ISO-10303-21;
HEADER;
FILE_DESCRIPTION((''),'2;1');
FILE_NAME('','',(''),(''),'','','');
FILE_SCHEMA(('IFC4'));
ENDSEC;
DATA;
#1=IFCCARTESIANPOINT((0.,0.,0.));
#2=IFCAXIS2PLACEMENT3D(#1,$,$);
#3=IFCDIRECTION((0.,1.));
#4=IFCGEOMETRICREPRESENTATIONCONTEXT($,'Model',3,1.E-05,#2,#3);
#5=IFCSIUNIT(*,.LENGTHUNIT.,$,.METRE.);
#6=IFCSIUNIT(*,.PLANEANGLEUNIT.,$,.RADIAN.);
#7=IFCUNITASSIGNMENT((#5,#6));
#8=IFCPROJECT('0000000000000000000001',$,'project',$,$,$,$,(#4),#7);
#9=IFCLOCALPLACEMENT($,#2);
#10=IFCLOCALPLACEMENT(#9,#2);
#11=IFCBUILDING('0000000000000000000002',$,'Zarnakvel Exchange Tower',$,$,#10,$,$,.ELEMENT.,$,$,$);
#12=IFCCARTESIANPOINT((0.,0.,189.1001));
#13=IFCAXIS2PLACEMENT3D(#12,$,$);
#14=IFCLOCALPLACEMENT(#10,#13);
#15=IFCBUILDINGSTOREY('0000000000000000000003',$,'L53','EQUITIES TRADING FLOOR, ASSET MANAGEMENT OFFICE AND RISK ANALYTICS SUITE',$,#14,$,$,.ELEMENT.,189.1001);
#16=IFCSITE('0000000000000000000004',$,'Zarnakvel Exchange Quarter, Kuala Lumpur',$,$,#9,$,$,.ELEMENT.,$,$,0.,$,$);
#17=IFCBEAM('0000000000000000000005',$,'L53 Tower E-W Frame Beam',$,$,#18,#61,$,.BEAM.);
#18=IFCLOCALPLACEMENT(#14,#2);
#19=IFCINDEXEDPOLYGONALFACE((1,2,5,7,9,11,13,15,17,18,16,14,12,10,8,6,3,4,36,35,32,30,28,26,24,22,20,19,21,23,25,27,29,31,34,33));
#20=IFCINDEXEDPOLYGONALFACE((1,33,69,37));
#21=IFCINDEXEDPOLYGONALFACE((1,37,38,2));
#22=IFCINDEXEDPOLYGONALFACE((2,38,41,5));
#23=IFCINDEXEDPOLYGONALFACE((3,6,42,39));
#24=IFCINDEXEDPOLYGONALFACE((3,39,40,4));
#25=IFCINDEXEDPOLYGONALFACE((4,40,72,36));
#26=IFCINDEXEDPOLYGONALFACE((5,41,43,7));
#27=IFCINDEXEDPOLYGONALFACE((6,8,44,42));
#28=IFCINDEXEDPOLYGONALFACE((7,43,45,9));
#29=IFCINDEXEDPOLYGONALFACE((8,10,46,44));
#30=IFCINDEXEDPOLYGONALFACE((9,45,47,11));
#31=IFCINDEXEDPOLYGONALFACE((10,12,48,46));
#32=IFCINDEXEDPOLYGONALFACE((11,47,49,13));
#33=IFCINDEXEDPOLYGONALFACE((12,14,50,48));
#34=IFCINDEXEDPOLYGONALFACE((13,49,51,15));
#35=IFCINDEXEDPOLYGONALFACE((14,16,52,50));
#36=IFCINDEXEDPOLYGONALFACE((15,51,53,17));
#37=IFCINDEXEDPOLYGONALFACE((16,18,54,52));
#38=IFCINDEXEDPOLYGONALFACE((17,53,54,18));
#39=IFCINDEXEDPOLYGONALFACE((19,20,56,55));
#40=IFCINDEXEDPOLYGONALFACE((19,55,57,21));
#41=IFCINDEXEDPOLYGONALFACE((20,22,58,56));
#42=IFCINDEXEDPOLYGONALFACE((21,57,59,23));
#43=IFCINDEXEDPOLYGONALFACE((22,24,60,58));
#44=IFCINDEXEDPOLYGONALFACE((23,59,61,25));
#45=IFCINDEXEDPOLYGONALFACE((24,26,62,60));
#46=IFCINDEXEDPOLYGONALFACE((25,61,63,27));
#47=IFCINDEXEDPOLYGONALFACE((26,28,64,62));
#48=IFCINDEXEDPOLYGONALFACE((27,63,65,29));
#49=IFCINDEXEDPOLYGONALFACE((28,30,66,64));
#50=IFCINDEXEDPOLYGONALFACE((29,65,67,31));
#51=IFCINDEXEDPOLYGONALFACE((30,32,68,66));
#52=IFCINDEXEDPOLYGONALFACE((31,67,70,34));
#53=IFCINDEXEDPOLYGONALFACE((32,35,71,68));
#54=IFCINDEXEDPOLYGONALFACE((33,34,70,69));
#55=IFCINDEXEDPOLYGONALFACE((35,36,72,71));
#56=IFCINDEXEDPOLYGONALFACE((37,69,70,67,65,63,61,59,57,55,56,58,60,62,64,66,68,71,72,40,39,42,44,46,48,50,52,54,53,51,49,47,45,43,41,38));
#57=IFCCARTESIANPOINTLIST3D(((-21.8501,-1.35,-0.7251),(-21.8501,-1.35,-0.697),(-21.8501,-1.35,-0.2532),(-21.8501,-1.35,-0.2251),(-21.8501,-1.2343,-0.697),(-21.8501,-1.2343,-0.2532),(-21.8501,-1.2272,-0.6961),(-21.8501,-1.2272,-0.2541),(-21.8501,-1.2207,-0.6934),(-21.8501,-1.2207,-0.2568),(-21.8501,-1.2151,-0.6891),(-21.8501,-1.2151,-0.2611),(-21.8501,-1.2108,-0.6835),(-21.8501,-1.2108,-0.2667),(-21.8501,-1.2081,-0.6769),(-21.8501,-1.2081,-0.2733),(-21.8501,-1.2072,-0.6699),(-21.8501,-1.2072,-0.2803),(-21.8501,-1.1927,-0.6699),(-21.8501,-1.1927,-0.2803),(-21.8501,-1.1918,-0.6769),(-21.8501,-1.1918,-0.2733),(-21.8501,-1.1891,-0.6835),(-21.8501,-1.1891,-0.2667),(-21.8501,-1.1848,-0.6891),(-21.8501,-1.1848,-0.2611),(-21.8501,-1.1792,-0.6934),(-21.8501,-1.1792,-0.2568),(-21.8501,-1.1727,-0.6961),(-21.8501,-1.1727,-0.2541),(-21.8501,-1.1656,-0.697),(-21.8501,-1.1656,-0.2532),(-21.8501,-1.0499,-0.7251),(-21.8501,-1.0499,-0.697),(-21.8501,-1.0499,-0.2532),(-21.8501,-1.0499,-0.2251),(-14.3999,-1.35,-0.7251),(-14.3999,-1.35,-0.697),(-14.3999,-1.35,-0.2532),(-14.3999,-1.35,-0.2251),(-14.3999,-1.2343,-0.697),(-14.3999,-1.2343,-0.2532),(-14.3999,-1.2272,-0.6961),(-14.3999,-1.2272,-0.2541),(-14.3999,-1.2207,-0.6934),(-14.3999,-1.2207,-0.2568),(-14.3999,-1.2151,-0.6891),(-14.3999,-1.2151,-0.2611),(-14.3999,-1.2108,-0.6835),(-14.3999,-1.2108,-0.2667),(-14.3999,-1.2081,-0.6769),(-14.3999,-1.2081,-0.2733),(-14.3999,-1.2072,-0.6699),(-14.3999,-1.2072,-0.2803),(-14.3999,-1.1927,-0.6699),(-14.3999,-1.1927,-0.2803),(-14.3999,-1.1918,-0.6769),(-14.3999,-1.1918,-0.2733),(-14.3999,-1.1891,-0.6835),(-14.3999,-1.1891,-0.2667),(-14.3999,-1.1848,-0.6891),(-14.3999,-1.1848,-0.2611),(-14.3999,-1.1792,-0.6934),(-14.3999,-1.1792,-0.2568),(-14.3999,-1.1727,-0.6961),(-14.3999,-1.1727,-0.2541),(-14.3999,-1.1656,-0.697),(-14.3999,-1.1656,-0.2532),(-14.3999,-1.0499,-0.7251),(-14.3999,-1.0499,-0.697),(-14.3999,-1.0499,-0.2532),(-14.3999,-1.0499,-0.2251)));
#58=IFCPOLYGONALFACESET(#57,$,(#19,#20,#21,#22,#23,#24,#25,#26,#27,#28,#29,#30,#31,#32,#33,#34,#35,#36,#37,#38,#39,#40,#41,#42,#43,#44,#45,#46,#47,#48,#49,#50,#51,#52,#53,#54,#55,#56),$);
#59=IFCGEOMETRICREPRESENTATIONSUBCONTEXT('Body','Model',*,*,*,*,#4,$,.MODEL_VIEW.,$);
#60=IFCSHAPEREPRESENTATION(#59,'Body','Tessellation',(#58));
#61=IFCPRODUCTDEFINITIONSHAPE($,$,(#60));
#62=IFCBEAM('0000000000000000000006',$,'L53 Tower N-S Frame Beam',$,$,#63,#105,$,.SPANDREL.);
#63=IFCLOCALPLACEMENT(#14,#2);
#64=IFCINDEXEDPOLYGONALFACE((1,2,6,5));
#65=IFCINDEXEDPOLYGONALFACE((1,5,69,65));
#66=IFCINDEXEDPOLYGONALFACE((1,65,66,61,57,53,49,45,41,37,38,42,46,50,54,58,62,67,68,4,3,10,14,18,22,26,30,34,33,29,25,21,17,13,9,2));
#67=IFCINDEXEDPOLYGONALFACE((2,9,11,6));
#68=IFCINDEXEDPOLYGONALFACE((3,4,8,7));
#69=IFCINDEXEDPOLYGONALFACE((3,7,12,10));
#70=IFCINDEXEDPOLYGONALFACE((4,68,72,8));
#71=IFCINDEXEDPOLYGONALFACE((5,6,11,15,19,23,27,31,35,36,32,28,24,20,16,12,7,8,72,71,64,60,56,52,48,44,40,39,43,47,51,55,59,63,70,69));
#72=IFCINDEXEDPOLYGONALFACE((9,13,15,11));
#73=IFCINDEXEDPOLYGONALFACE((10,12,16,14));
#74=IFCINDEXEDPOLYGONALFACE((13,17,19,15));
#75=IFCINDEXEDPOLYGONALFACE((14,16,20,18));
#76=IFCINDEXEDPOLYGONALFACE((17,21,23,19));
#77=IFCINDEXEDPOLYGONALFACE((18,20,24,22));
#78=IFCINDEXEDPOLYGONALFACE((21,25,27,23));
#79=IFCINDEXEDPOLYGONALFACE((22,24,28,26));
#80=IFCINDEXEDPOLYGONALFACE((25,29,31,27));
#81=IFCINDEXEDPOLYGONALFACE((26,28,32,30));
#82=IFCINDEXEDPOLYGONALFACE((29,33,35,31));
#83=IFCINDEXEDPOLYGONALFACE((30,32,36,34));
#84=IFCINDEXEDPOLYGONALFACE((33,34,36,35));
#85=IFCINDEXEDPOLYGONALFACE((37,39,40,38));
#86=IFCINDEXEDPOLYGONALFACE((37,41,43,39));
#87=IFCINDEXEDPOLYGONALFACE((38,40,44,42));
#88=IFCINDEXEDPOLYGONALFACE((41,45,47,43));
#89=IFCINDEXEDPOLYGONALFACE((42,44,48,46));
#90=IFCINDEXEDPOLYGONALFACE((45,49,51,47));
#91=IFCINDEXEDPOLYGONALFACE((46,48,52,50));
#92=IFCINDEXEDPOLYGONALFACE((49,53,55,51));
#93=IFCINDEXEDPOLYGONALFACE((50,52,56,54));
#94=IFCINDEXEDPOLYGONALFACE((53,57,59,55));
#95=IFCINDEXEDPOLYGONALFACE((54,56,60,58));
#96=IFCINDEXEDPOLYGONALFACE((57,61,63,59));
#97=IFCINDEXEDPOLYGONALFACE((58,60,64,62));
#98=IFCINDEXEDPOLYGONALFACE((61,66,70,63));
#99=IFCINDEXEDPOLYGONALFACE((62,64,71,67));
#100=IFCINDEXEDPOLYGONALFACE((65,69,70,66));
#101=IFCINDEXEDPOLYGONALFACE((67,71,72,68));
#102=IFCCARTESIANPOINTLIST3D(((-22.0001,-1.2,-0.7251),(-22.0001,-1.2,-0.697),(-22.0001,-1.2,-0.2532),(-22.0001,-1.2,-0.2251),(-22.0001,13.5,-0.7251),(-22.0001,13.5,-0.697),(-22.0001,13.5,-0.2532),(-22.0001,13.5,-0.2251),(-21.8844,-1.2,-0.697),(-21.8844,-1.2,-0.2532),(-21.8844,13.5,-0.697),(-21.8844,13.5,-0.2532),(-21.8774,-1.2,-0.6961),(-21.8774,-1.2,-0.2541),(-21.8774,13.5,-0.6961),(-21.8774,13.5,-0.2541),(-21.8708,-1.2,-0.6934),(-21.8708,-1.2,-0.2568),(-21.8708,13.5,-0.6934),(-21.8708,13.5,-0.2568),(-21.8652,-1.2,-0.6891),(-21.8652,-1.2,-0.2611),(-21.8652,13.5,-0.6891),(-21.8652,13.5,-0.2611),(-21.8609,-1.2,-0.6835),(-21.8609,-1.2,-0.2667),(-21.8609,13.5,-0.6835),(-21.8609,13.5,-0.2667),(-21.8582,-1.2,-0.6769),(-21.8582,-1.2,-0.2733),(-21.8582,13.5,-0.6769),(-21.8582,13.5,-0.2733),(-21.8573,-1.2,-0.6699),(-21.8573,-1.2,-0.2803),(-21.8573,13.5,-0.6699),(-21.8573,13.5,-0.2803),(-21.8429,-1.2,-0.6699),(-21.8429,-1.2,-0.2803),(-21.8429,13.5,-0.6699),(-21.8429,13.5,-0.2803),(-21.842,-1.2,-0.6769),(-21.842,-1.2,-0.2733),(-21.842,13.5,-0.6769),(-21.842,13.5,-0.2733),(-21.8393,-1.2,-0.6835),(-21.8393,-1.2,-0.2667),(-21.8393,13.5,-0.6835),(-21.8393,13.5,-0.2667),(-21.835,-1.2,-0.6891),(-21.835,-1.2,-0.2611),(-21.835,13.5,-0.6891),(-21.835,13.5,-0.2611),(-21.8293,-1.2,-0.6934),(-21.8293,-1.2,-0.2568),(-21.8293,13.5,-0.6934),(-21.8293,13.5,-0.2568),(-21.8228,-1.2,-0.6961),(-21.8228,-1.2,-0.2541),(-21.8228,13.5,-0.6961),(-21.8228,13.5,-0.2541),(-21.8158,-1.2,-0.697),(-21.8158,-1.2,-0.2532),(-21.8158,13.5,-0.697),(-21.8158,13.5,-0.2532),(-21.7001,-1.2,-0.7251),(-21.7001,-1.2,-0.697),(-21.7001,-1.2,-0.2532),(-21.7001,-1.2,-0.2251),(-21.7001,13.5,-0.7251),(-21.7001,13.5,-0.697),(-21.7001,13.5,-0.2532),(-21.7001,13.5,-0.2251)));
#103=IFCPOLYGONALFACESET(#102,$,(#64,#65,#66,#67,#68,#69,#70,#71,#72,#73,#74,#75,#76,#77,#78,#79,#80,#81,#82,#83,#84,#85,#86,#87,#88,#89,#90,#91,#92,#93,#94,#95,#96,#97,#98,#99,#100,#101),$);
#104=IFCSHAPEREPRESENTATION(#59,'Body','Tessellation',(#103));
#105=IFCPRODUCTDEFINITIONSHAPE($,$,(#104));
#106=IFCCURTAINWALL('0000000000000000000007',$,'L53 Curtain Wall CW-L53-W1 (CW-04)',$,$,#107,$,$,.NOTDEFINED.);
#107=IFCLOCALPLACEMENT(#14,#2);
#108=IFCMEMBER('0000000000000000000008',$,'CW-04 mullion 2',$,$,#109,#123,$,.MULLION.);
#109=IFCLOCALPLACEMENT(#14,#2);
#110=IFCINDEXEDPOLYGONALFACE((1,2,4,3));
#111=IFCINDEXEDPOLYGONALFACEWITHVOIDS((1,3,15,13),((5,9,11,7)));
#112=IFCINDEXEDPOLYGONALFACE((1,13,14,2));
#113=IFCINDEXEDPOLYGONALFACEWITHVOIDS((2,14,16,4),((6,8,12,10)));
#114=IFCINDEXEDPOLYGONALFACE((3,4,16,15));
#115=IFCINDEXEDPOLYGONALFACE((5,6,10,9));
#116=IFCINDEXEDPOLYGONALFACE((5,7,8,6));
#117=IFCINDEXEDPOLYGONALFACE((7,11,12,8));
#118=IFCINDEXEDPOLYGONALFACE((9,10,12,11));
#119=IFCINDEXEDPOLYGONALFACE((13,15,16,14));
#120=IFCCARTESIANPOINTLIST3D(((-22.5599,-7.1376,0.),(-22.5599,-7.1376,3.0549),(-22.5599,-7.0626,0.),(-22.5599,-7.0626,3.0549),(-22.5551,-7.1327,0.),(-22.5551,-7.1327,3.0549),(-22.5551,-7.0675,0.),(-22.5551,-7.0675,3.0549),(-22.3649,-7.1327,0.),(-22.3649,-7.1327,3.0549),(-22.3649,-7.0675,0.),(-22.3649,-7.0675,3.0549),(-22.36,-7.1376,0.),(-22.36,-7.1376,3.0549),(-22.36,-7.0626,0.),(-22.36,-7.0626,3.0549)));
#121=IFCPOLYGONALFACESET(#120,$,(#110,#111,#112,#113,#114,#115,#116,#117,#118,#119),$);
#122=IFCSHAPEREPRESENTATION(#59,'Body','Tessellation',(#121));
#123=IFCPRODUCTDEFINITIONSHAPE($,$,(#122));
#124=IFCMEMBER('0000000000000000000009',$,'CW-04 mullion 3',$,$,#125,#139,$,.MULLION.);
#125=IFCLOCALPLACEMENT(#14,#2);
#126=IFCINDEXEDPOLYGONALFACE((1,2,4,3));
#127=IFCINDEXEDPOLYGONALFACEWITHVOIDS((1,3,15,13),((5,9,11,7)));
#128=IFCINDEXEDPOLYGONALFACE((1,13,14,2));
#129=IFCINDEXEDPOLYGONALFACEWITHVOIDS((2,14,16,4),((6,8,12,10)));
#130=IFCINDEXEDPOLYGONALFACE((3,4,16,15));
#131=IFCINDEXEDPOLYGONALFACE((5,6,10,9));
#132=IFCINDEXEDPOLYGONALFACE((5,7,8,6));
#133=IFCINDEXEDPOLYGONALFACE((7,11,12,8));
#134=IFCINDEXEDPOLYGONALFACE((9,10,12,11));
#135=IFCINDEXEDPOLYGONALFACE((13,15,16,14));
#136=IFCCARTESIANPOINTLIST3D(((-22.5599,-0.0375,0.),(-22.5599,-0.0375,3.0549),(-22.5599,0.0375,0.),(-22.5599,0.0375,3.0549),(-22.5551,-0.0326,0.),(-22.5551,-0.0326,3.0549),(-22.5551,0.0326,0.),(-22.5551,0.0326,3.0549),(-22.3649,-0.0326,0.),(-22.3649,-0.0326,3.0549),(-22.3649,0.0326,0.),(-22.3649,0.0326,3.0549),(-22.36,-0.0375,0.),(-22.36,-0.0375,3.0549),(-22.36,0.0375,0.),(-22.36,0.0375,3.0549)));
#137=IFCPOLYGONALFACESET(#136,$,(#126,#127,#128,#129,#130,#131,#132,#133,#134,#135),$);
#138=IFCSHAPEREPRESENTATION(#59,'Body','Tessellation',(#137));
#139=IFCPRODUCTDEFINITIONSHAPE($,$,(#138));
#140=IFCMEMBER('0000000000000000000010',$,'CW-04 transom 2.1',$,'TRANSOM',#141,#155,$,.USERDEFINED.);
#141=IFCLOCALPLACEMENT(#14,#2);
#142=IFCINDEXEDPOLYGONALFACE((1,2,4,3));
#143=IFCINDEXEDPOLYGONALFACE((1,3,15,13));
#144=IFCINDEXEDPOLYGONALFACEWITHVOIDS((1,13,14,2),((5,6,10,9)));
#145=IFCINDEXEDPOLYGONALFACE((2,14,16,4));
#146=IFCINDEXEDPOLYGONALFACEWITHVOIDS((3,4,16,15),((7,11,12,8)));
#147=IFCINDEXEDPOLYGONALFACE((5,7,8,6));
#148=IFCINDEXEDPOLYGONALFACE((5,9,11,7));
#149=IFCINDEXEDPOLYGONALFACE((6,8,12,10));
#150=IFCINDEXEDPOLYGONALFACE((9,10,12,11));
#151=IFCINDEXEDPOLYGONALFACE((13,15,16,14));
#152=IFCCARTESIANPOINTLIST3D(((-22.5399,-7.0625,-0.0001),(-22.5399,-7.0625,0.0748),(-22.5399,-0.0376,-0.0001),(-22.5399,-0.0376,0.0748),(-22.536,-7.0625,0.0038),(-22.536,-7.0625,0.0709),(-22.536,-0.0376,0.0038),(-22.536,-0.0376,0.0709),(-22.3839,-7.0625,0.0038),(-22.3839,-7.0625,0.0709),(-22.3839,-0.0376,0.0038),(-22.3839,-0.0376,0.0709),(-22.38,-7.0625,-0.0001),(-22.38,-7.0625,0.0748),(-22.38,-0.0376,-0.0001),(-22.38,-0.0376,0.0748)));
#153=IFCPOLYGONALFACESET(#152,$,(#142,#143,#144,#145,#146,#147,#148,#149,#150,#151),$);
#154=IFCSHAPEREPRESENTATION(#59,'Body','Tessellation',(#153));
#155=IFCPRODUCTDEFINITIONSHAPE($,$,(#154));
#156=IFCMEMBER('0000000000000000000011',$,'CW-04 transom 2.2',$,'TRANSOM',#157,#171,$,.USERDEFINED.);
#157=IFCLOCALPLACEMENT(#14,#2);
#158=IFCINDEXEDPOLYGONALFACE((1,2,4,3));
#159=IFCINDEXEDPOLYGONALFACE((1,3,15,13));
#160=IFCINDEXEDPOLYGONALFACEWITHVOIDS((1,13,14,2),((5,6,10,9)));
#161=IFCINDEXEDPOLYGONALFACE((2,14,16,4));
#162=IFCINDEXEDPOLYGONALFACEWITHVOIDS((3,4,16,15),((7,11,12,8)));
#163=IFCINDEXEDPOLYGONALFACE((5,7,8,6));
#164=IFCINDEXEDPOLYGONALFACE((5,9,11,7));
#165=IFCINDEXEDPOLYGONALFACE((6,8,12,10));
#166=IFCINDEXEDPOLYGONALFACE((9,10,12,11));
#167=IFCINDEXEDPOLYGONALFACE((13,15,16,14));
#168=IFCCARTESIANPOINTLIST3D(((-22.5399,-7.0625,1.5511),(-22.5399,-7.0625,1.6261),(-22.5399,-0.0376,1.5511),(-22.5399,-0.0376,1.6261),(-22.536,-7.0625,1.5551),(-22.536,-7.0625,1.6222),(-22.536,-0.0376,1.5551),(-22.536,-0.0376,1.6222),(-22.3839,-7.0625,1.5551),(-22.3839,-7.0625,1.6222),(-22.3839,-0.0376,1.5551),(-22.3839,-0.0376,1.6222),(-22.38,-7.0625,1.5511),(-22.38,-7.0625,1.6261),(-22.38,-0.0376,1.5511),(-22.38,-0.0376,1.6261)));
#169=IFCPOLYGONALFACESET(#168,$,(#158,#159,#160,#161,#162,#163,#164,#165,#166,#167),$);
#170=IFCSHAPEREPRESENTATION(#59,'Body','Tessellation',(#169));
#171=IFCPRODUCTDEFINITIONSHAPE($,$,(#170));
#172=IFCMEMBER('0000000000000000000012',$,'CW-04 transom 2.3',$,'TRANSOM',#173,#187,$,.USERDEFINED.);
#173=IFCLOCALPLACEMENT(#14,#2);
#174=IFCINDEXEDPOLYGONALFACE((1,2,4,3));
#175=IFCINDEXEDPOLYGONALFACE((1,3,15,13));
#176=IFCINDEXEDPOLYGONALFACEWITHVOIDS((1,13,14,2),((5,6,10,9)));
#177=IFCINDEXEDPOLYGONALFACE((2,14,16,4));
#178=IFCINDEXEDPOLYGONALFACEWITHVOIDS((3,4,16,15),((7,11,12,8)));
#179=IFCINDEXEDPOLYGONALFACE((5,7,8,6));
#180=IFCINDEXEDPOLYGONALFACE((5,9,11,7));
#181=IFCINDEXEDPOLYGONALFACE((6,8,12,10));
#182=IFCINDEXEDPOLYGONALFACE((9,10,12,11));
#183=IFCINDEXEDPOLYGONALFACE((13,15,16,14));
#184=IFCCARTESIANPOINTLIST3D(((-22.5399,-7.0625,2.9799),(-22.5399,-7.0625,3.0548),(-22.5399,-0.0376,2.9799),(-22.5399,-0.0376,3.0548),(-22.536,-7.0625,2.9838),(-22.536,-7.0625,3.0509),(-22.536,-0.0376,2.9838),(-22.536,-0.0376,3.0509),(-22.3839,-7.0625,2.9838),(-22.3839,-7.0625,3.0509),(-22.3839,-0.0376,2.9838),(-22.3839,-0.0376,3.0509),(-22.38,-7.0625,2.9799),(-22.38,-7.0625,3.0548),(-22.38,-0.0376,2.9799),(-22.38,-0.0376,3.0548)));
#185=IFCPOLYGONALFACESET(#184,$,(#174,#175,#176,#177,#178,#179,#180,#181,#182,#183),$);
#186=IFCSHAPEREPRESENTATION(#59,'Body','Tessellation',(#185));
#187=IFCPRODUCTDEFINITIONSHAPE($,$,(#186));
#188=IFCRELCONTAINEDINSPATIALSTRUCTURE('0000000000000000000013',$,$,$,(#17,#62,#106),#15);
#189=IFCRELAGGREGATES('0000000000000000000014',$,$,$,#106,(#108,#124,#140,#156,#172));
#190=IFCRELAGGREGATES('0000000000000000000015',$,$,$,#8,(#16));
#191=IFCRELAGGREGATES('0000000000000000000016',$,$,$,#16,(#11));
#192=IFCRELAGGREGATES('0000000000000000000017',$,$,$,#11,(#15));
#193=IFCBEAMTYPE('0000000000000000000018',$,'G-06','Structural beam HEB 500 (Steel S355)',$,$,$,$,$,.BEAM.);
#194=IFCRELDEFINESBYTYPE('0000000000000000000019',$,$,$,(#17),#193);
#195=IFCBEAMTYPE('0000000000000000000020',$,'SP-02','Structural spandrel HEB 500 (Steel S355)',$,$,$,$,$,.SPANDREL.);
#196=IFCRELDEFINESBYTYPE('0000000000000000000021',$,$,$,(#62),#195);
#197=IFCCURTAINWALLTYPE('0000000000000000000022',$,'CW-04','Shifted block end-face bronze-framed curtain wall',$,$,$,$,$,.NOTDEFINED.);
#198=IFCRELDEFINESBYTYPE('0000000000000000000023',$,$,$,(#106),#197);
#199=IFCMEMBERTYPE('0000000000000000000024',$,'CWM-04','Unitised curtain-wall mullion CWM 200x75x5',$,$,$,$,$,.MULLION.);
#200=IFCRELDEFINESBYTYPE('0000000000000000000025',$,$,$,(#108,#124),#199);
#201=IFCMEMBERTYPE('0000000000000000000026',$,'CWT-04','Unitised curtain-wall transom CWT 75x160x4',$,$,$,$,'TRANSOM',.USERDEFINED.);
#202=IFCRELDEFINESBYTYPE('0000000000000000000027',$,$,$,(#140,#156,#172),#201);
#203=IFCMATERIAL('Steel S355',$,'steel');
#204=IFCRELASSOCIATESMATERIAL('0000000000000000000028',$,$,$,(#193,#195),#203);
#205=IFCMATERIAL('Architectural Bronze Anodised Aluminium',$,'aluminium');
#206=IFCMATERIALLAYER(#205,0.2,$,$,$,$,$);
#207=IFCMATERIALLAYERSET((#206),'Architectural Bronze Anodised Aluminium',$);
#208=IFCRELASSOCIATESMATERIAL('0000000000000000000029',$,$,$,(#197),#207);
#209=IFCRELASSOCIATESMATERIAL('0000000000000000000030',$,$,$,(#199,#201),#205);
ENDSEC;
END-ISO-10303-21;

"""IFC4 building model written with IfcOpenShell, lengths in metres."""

from ifc_helpers import new_model, si_unit, direction, frame, origin, origin_2d, place, context, subcontext, project, spatial, hollow_rectangle, i_section, extrude, source, transform, mapped, material, layer, layer_set, material_profile, profile_set, type_object, element, aggregate, save


model = new_model("IFC4")

# Units and contexts
model_context = context("Model", 3, precision=1e-05, world=origin(), true_north=direction((0.0, 1.0)))
body_context = subcontext(model_context, "Body", "Model", "MODEL_VIEW")
ifc_project = project(units=[si_unit("LENGTHUNIT", "METRE"), si_unit("PLANEANGLEUNIT", "RADIAN")], contexts=[model_context])

# Site, building, storey
site_placement = place(None, origin())
site = spatial("IfcSite", under=ifc_project, at=site_placement, Name="Zarnakvel Exchange Quarter, Kuala Lumpur", CompositionType="ELEMENT", RefElevation=0.0)
building_placement = place(site_placement, origin())
building = spatial("IfcBuilding", under=site, at=building_placement, Name="Zarnakvel Exchange Tower", CompositionType="ELEMENT")
storey_placement = place(building_placement, frame((0.0, 0.0, 189.1001)))
storey = spatial("IfcBuildingStorey", under=building, at=storey_placement, Name="L53", Description="EQUITIES TRADING FLOOR, ASSET MANAGEMENT OFFICE AND RISK ANALYTICS SUITE", CompositionType="ELEMENT", Elevation=189.1001)

# Shared definitions
ifc_material_1 = material(Name="Steel S355", Category="steel")

# Beams
ifc_material_profile_1 = material_profile(ifc_material_1, i_section(OverallWidth=0.3, OverallDepth=0.5, WebThickness=0.0144, FlangeThickness=0.0281, FilletRadius=0.0271, at=origin_2d()))
ifc_profile_set_1 = profile_set([ifc_material_profile_1], Name="Steel S355")
beam_type_1 = type_object("IfcBeamType", Name="G-06", Description="Structural beam HEB 500 (Steel S355)", PredefinedType="BEAM", material=ifc_profile_set_1)
beam_1_placement = place(storey_placement, frame((-21.8501, -1.2, -0.4751), z_axis=(1.0, 0.0, 0.0), x_axis=(0.0, 1.0, 0.0)))
element("IfcBeam", 1, at=beam_1_placement, inside=storey, type_object=beam_type_1, Name="L53 Tower E-W Frame Beam", PredefinedType="BEAM", context=body_context, shape_type="SweptSolid", body=[
    extrude(i_section(OverallWidth=0.3, OverallDepth=0.5, WebThickness=0.0144, FlangeThickness=0.0281, FilletRadius=0.0271, at=origin_2d()), origin(), (0.0, 0.0, 1.0), 7.4502),
])
ifc_material_profile_2 = material_profile(ifc_material_1, i_section(OverallWidth=0.3, OverallDepth=0.5, WebThickness=0.0144, FlangeThickness=0.0281, FilletRadius=0.0271, at=origin_2d()))
ifc_profile_set_2 = profile_set([ifc_material_profile_2], Name="Steel S355")
beam_type_2 = type_object("IfcBeamType", Name="SP-02", Description="Structural spandrel HEB 500 (Steel S355)", PredefinedType="SPANDREL", material=ifc_profile_set_2)
beam_2_placement = place(storey_placement, frame((-21.8501, -1.2, -0.4751), z_axis=(0.0, 1.0, 0.0), x_axis=(-1.0, 0.0, 0.0)))
element("IfcBeam", 2, at=beam_2_placement, inside=storey, type_object=beam_type_2, Name="L53 Tower N-S Frame Beam", PredefinedType="SPANDREL", context=body_context, shape_type="SweptSolid", body=[
    extrude(i_section(OverallWidth=0.3, OverallDepth=0.5, WebThickness=0.0144, FlangeThickness=0.0281, FilletRadius=0.0271, at=origin_2d()), origin(), (0.0, 0.0, 1.0), 14.7),
])

# Curtain wall, members
ifc_material_2 = material(Name="Architectural Bronze Anodised Aluminium", Category="aluminium")
ifc_layer_1 = layer(ifc_material_2, 0.2)
ifc_layer_set_1 = layer_set([ifc_layer_1], Name="Architectural Bronze Anodised Aluminium")
curtain_wall_type = type_object("IfcCurtainWallType", Name="CW-04", Description="Shifted block end-face bronze-framed curtain wall", PredefinedType="NOTDEFINED", material=ifc_layer_set_1)
curtain_wall_placement = place(storey_placement, origin())
curtain_wall = element("IfcCurtainWall", 3, at=curtain_wall_placement, inside=storey, type_object=curtain_wall_type, Name="L53 Curtain Wall CW-L53-W1 (CW-04)", PredefinedType="NOTDEFINED")
ifc_material_profile_3 = material_profile(ifc_material_2, hollow_rectangle(XDim=0.2, YDim=0.075, WallThickness=0.0049, at=origin_2d()))
ifc_profile_set_3 = profile_set([ifc_material_profile_3], Name="Architectural Bronze Anodised Aluminium")
member_type_1 = type_object("IfcMemberType", Name="CWM-04", Description="Unitised curtain-wall mullion CWM 200x75x5", PredefinedType="MULLION", material=ifc_profile_set_3)
shared_shape_1 = source(origin(), body_context, "Body", "SweptSolid", [
    extrude(hollow_rectangle(XDim=0.2, YDim=0.075, WallThickness=0.0049, at=origin_2d()), origin(), (0.0, 0.0, 1.0), 3.0549),
])
member_1_placement = place(storey_placement, frame((-22.46, -7.1001, 0.0), z_axis=(0.0, 0.0, 1.0), x_axis=(-1.0, 0.0, 0.0)))
member_1 = element("IfcMember", 4, at=member_1_placement, type_object=member_type_1, Name="CW-04 mullion 2", PredefinedType="MULLION", context=body_context, shape_type="MappedRepresentation", body=[
    mapped(shared_shape_1, transform((0.0, 0.0, 0.0), x_axis=(1.0, 0.0, 0.0), y_axis=(0.0, 1.0, 0.0), z_axis=(0.0, 0.0, 1.0), scale=1.0)),
])
member_2_placement = place(storey_placement, frame((-22.46, 0.0, 0.0), z_axis=(0.0, 0.0, 1.0), x_axis=(-1.0, 0.0, 0.0)))
member_2 = element("IfcMember", 5, at=member_2_placement, type_object=member_type_1, Name="CW-04 mullion 3", PredefinedType="MULLION", context=body_context, shape_type="MappedRepresentation", body=[
    mapped(shared_shape_1, transform((0.0, 0.0, 0.0), x_axis=(1.0, 0.0, 0.0), y_axis=(0.0, 1.0, 0.0), z_axis=(0.0, 0.0, 1.0), scale=1.0)),
])
ifc_material_profile_4 = material_profile(ifc_material_2, hollow_rectangle(XDim=0.1599, YDim=0.075, WallThickness=0.0039, at=origin_2d()))
ifc_profile_set_4 = profile_set([ifc_material_profile_4], Name="Architectural Bronze Anodised Aluminium")
member_type_2 = type_object("IfcMemberType", Name="CWT-04", Description="Unitised curtain-wall transom CWT 75x160x4", ElementType="TRANSOM", PredefinedType="USERDEFINED", material=ifc_profile_set_4)
shared_shape_2 = source(origin(), body_context, "Body", "SweptSolid", [
    extrude(hollow_rectangle(XDim=0.1599, YDim=0.075, WallThickness=0.0039, at=origin_2d()), origin(), (0.0, 0.0, 1.0), 7.0249),
])
member_3_placement = place(storey_placement, frame((-22.46, -7.0625, 0.0374), z_axis=(0.0, 1.0, 0.0), x_axis=(-1.0, 0.0, 0.0)))
member_3 = element("IfcMember", 6, at=member_3_placement, type_object=member_type_2, Name="CW-04 transom 2.1", ObjectType="TRANSOM", PredefinedType="USERDEFINED", context=body_context, shape_type="MappedRepresentation", body=[
    mapped(shared_shape_2, transform((0.0, 0.0, 0.0), x_axis=(1.0, 0.0, 0.0), y_axis=(0.0, 1.0, 0.0), z_axis=(0.0, 0.0, 1.0), scale=1.0)),
])
member_4_placement = place(storey_placement, frame((-22.46, -7.0625, 1.5886), z_axis=(0.0, 1.0, 0.0), x_axis=(-1.0, 0.0, 0.0)))
member_4 = element("IfcMember", 7, at=member_4_placement, type_object=member_type_2, Name="CW-04 transom 2.2", ObjectType="TRANSOM", PredefinedType="USERDEFINED", context=body_context, shape_type="MappedRepresentation", body=[
    mapped(shared_shape_2, transform((0.0, 0.0, 0.0), x_axis=(1.0, 0.0, 0.0), y_axis=(0.0, 1.0, 0.0), z_axis=(0.0, 0.0, 1.0), scale=1.0)),
])
member_5_placement = place(storey_placement, frame((-22.46, -7.0625, 3.0173), z_axis=(0.0, 1.0, 0.0), x_axis=(-1.0, 0.0, 0.0)))
member_5 = element("IfcMember", 8, at=member_5_placement, type_object=member_type_2, Name="CW-04 transom 2.3", ObjectType="TRANSOM", PredefinedType="USERDEFINED", context=body_context, shape_type="MappedRepresentation", body=[
    mapped(shared_shape_2, transform((0.0, 0.0, 0.0), x_axis=(1.0, 0.0, 0.0), y_axis=(0.0, 1.0, 0.0), z_axis=(0.0, 0.0, 1.0), scale=1.0)),
])
aggregate(curtain_wall, [member_1, member_2, member_3, member_4, member_5])

save(model, "model.ifc")
